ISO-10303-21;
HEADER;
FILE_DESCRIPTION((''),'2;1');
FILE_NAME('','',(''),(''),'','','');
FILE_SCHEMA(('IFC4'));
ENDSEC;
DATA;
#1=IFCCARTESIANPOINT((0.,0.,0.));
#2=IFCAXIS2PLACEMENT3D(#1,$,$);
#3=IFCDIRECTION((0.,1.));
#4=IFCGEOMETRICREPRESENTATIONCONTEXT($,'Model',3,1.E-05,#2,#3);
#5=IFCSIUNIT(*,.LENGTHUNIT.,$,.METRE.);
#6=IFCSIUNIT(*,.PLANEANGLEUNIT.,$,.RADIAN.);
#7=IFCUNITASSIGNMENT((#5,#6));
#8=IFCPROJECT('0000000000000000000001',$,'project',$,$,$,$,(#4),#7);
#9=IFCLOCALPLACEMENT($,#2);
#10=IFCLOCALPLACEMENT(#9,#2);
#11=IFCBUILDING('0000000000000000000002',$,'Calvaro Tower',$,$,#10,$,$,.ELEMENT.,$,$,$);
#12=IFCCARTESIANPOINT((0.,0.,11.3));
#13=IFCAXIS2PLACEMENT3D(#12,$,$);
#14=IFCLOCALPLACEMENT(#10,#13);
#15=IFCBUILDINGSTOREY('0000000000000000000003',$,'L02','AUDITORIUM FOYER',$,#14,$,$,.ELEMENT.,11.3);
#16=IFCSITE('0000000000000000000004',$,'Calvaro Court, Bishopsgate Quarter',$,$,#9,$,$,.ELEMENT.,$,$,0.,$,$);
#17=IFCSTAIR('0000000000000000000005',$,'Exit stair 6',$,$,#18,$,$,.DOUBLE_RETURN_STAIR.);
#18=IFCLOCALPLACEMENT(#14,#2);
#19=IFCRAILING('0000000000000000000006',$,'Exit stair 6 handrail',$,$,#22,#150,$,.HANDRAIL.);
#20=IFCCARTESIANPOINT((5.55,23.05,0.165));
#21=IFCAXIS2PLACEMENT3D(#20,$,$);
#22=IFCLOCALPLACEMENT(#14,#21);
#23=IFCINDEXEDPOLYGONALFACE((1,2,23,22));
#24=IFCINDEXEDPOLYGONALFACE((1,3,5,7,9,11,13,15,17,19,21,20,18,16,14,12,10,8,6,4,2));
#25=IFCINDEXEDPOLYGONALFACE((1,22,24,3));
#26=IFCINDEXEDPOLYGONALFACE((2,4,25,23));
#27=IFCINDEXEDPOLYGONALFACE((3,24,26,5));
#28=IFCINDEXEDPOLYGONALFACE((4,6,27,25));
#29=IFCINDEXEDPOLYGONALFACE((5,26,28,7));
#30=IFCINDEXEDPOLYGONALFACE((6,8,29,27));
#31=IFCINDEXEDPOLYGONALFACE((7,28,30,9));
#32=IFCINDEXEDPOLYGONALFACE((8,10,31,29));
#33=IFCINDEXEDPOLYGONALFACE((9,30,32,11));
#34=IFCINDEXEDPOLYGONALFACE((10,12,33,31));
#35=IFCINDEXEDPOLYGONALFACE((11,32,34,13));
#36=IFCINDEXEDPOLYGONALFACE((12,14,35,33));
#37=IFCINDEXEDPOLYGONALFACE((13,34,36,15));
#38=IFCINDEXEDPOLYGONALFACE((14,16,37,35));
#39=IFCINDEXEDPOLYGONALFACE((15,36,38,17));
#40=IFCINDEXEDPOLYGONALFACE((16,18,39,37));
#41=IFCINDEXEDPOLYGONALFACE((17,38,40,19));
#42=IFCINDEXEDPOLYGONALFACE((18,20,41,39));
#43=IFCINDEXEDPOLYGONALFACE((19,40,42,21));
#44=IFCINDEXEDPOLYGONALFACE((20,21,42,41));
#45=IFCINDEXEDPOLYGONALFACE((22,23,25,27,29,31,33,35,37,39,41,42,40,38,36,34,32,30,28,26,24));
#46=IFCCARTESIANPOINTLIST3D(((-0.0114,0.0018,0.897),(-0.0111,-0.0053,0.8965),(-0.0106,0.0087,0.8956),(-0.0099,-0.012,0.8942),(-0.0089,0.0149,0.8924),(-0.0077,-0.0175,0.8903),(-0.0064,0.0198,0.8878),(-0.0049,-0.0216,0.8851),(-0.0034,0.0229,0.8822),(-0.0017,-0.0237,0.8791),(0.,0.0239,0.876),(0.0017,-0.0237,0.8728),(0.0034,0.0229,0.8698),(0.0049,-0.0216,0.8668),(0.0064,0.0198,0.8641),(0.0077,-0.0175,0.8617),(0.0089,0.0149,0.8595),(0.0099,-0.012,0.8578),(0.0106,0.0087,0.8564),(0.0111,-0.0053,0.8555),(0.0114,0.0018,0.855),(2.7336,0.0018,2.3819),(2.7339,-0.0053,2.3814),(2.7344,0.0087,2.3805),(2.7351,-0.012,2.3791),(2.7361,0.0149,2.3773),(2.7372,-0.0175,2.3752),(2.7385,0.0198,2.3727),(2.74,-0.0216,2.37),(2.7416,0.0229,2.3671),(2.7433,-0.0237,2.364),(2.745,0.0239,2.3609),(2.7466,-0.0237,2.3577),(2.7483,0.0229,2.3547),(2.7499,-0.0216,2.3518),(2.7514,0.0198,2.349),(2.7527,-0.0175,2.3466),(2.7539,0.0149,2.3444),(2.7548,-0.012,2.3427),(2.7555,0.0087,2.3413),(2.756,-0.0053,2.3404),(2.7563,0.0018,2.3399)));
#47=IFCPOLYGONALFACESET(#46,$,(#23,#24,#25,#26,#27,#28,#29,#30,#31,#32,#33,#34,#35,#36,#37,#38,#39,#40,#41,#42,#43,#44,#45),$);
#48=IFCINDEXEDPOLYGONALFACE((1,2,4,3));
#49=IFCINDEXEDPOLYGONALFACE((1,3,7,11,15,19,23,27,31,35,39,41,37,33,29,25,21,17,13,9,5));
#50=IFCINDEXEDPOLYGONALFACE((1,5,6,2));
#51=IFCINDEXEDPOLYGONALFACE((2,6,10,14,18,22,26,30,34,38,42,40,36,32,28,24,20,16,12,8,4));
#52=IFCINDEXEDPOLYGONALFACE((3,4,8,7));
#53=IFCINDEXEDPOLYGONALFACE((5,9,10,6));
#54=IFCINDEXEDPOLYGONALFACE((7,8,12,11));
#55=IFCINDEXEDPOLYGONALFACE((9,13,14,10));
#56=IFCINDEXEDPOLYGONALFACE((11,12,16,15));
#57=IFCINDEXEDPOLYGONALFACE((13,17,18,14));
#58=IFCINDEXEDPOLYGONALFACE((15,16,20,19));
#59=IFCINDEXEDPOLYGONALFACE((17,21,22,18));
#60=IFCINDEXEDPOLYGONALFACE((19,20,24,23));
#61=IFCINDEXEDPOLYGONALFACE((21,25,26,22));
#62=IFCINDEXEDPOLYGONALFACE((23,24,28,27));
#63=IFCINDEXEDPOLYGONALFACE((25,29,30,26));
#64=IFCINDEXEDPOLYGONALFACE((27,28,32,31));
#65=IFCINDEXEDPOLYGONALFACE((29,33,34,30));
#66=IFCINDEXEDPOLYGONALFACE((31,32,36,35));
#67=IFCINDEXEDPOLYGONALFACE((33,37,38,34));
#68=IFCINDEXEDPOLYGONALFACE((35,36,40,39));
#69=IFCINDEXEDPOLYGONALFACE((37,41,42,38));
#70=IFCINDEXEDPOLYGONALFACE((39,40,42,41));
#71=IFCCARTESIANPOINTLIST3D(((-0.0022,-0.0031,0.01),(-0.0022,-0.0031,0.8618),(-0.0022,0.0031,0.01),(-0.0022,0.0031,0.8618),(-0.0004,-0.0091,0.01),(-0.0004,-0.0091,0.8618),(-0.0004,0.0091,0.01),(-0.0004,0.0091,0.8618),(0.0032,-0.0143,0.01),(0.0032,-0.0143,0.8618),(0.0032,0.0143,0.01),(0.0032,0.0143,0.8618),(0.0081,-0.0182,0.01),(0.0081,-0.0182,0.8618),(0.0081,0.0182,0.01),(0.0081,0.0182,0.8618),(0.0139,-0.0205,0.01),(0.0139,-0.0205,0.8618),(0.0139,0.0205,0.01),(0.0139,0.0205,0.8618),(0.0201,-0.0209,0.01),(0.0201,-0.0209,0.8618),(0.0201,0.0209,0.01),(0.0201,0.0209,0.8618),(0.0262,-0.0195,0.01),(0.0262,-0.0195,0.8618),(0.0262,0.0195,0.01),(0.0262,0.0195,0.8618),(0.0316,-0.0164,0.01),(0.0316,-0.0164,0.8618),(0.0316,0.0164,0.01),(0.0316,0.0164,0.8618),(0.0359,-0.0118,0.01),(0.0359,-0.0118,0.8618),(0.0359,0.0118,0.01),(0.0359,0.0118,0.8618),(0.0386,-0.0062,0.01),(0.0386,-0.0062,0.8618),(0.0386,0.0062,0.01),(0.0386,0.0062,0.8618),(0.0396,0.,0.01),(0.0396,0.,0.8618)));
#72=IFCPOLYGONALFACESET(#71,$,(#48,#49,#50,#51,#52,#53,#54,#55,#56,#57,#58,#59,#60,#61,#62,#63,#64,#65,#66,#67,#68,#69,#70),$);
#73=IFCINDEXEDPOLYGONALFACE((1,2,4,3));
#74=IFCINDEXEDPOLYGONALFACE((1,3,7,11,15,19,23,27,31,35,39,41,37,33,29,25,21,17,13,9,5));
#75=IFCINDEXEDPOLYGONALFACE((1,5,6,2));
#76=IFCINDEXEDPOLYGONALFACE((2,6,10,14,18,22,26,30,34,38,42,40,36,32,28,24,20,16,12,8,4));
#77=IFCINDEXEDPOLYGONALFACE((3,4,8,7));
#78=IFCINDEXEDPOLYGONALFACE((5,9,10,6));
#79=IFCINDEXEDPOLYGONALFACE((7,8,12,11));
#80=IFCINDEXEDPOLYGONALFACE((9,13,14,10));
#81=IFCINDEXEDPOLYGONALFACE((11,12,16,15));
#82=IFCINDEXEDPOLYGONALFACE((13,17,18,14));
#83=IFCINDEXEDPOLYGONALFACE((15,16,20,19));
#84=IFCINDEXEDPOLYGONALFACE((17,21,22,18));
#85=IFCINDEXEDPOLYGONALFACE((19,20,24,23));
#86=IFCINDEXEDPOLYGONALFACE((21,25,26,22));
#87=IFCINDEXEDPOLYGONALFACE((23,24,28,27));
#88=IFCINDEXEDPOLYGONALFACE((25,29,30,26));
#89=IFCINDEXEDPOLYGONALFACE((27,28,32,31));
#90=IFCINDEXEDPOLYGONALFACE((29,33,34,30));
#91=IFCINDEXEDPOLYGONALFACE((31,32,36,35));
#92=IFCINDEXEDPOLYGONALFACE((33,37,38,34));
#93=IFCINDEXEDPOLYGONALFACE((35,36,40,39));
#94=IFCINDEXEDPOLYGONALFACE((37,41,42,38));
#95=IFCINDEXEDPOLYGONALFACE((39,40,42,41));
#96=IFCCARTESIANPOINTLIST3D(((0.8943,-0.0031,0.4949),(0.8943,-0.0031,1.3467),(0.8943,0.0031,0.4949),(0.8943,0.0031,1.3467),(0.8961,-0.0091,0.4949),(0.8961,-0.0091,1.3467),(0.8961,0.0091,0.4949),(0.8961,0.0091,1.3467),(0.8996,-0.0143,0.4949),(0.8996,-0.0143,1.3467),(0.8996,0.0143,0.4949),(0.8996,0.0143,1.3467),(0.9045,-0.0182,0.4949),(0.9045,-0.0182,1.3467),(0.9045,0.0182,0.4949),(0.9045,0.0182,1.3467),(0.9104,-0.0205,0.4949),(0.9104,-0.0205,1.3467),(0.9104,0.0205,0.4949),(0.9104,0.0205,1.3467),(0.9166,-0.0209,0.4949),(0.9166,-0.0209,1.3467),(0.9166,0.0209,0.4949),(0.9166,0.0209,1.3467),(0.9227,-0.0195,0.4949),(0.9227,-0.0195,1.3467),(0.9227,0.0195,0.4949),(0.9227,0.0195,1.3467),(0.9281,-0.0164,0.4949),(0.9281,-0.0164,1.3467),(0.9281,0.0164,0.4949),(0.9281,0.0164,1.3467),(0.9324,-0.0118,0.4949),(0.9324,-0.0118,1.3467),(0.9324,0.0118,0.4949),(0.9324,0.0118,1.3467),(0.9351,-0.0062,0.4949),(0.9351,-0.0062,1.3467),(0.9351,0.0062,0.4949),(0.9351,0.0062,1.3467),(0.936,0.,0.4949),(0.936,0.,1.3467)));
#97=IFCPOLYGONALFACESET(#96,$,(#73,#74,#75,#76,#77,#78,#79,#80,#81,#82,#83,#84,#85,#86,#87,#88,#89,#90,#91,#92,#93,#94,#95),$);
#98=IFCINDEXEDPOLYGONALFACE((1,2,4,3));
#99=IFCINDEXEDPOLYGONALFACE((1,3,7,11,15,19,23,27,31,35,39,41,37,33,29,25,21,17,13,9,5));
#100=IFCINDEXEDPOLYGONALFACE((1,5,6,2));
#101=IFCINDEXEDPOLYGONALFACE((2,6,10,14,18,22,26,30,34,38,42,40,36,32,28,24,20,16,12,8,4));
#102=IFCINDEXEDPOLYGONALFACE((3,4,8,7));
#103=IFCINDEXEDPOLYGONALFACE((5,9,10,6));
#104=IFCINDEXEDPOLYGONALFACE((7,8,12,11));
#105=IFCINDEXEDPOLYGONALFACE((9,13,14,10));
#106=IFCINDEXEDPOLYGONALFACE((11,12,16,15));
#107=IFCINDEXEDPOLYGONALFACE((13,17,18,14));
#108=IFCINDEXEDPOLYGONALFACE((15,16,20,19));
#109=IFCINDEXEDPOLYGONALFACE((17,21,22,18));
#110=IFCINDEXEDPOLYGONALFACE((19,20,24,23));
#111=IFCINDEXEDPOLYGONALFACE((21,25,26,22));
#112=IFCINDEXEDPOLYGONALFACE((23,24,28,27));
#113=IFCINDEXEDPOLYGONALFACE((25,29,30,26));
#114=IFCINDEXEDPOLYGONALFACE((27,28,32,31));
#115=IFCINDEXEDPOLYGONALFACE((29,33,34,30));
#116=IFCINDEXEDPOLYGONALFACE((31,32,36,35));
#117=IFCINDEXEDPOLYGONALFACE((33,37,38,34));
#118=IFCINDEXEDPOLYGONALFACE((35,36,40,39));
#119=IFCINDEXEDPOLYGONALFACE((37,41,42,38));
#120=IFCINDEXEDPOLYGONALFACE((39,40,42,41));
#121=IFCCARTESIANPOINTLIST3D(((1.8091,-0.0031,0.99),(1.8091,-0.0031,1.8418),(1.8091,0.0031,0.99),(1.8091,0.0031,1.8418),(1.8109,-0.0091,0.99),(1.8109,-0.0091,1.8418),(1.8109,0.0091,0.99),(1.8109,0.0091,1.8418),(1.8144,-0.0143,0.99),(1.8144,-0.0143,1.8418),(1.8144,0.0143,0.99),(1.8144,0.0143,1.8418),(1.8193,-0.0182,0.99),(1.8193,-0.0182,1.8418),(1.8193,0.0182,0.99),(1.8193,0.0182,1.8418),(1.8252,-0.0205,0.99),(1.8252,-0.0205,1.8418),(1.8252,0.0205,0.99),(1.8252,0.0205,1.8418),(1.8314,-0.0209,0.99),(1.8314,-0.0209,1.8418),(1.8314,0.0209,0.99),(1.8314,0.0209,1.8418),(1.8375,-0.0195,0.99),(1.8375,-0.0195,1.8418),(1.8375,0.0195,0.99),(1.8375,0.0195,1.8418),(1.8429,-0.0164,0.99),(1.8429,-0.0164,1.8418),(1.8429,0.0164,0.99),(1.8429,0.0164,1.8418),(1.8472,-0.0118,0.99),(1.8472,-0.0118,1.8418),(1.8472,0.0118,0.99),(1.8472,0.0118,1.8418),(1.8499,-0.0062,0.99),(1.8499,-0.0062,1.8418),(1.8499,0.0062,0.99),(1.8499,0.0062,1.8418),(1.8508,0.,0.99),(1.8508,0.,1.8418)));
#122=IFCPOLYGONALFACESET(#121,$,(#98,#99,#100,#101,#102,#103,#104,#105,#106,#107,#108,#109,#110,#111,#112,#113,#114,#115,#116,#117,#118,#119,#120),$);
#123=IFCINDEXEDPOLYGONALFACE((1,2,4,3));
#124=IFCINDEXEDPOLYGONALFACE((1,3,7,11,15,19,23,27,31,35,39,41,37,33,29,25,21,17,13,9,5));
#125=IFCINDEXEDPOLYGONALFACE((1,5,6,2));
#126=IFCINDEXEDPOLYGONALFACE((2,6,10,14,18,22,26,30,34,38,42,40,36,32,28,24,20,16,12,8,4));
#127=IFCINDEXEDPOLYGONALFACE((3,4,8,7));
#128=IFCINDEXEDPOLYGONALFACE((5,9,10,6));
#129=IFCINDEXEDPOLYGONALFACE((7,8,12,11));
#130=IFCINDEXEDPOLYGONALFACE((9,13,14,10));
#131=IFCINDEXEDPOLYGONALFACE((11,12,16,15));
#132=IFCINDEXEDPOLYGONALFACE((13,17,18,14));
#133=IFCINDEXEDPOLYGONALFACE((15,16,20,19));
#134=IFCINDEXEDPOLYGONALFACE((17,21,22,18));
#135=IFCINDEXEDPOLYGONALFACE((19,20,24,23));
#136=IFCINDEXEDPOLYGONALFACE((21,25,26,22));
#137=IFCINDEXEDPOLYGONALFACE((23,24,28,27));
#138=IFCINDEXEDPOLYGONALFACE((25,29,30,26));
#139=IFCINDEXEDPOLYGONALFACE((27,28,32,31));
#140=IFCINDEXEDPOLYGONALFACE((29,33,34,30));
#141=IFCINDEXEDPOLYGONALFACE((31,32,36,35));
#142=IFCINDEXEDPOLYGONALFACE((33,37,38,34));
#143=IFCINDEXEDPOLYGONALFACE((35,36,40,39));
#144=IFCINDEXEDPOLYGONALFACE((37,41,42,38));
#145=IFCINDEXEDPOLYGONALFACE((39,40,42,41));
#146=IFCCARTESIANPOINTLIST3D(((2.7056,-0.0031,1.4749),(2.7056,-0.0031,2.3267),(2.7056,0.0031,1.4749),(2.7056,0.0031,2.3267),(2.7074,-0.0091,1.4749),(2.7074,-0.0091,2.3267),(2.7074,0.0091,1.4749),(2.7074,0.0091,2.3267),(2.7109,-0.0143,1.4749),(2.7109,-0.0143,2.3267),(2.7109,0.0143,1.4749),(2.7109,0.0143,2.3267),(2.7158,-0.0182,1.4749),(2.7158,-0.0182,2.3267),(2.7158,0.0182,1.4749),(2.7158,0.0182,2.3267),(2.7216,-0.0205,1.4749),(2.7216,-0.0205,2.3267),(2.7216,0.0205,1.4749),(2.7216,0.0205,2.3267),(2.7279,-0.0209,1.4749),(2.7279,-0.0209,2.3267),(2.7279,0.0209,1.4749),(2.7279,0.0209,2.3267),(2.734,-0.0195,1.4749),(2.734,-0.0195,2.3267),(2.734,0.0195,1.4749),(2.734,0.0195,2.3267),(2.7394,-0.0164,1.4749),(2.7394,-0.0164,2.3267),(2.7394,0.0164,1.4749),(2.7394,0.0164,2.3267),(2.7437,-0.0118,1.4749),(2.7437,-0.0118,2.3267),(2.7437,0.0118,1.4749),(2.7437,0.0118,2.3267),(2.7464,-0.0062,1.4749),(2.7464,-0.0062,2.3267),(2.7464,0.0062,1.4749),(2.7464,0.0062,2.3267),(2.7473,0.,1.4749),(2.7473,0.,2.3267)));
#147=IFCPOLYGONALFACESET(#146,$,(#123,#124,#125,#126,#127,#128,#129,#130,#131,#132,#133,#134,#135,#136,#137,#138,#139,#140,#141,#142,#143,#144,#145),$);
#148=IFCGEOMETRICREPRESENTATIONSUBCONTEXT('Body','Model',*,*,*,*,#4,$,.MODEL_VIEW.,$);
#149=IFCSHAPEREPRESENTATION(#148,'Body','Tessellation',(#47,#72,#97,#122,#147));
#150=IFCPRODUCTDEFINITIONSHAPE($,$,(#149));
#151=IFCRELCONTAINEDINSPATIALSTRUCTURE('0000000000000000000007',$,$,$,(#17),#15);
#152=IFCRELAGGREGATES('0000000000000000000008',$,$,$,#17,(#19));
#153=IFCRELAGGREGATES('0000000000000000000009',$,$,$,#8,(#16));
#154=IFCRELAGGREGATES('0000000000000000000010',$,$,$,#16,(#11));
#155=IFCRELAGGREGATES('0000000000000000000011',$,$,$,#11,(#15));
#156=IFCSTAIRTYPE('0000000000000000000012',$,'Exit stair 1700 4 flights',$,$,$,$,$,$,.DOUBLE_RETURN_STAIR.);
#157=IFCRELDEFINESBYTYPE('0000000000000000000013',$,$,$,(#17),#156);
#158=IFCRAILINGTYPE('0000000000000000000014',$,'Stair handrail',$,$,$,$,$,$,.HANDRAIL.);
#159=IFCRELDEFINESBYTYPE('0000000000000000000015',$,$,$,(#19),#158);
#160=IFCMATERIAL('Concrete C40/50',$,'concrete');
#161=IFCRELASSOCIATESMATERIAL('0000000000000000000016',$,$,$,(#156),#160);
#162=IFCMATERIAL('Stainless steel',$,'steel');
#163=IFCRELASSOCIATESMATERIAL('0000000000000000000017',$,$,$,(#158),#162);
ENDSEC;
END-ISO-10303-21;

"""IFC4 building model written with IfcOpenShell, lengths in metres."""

from ifc_helpers import new_model, si_unit, direction, frame, origin, origin_2d, place, context, subcontext, project, spatial, circle, extrude, material, type_object, element, aggregate, save


model = new_model("IFC4")

# Units and contexts
model_context = context("Model", 3, precision=1e-05, world=origin(), true_north=direction((0.0, 1.0)))
body_context = subcontext(model_context, "Body", "Model", "MODEL_VIEW")
ifc_project = project(units=[si_unit("LENGTHUNIT", "METRE"), si_unit("PLANEANGLEUNIT", "RADIAN")], contexts=[model_context])

# Site, building, storey
site_placement = place(None, origin())
site = spatial("IfcSite", under=ifc_project, at=site_placement, Name="Calvaro Court, Bishopsgate Quarter", CompositionType="ELEMENT", RefElevation=0.0)
building_placement = place(site_placement, origin())
building = spatial("IfcBuilding", under=site, at=building_placement, Name="Calvaro Tower", CompositionType="ELEMENT")
storey_placement = place(building_placement, frame((0.0, 0.0, 11.3)))
storey = spatial("IfcBuildingStorey", under=building, at=storey_placement, Name="L02", Description="AUDITORIUM FOYER", CompositionType="ELEMENT", Elevation=11.3)

# Stair, railing
ifc_material_1 = material(Name="Concrete C40/50", Category="concrete")
stair_type = type_object("IfcStairType", Name="Exit stair 1700 4 flights", PredefinedType="DOUBLE_RETURN_STAIR", material=ifc_material_1)
stair_placement = place(storey_placement, origin())
stair = element("IfcStair", 1, at=stair_placement, inside=storey, type_object=stair_type, Name="Exit stair 6", PredefinedType="DOUBLE_RETURN_STAIR")
ifc_material_2 = material(Name="Stainless steel", Category="steel")
railing_type = type_object("IfcRailingType", Name="Stair handrail", PredefinedType="HANDRAIL", material=ifc_material_2)
railing_1_placement = place(storey_placement, frame((5.55, 23.05, 0.165)))
railing_1 = element("IfcRailing", 2, at=railing_1_placement, type_object=railing_type, Name="Exit stair 6 handrail", PredefinedType="HANDRAIL", context=body_context, shape_type="SweptSolid", body=[
    extrude(circle(Radius=0.0239, at=origin_2d()), frame((0.0, 0.0, 0.876), z_axis=(0.879553, 0.0, 0.475802), x_axis=(0.0, 1.0, 0.0)), (0.0, 0.0, 1.0), 3.1208),
    extrude(circle(Radius=0.021, at=origin_2d()), frame((0.0186, 0.0, 0.01)), (0.0, 0.0, 1.0), 0.8518),
    extrude(circle(Radius=0.021, at=origin_2d()), frame((0.915, 0.0, 0.4949)), (0.0, 0.0, 1.0), 0.8518),
    extrude(circle(Radius=0.021, at=origin_2d()), frame((1.8298, 0.0, 0.99)), (0.0, 0.0, 1.0), 0.8518),
    extrude(circle(Radius=0.021, at=origin_2d()), frame((2.7263, 0.0, 1.4749)), (0.0, 0.0, 1.0), 0.8518),
])
aggregate(stair, [railing_1])

save(model, "model.ifc")
